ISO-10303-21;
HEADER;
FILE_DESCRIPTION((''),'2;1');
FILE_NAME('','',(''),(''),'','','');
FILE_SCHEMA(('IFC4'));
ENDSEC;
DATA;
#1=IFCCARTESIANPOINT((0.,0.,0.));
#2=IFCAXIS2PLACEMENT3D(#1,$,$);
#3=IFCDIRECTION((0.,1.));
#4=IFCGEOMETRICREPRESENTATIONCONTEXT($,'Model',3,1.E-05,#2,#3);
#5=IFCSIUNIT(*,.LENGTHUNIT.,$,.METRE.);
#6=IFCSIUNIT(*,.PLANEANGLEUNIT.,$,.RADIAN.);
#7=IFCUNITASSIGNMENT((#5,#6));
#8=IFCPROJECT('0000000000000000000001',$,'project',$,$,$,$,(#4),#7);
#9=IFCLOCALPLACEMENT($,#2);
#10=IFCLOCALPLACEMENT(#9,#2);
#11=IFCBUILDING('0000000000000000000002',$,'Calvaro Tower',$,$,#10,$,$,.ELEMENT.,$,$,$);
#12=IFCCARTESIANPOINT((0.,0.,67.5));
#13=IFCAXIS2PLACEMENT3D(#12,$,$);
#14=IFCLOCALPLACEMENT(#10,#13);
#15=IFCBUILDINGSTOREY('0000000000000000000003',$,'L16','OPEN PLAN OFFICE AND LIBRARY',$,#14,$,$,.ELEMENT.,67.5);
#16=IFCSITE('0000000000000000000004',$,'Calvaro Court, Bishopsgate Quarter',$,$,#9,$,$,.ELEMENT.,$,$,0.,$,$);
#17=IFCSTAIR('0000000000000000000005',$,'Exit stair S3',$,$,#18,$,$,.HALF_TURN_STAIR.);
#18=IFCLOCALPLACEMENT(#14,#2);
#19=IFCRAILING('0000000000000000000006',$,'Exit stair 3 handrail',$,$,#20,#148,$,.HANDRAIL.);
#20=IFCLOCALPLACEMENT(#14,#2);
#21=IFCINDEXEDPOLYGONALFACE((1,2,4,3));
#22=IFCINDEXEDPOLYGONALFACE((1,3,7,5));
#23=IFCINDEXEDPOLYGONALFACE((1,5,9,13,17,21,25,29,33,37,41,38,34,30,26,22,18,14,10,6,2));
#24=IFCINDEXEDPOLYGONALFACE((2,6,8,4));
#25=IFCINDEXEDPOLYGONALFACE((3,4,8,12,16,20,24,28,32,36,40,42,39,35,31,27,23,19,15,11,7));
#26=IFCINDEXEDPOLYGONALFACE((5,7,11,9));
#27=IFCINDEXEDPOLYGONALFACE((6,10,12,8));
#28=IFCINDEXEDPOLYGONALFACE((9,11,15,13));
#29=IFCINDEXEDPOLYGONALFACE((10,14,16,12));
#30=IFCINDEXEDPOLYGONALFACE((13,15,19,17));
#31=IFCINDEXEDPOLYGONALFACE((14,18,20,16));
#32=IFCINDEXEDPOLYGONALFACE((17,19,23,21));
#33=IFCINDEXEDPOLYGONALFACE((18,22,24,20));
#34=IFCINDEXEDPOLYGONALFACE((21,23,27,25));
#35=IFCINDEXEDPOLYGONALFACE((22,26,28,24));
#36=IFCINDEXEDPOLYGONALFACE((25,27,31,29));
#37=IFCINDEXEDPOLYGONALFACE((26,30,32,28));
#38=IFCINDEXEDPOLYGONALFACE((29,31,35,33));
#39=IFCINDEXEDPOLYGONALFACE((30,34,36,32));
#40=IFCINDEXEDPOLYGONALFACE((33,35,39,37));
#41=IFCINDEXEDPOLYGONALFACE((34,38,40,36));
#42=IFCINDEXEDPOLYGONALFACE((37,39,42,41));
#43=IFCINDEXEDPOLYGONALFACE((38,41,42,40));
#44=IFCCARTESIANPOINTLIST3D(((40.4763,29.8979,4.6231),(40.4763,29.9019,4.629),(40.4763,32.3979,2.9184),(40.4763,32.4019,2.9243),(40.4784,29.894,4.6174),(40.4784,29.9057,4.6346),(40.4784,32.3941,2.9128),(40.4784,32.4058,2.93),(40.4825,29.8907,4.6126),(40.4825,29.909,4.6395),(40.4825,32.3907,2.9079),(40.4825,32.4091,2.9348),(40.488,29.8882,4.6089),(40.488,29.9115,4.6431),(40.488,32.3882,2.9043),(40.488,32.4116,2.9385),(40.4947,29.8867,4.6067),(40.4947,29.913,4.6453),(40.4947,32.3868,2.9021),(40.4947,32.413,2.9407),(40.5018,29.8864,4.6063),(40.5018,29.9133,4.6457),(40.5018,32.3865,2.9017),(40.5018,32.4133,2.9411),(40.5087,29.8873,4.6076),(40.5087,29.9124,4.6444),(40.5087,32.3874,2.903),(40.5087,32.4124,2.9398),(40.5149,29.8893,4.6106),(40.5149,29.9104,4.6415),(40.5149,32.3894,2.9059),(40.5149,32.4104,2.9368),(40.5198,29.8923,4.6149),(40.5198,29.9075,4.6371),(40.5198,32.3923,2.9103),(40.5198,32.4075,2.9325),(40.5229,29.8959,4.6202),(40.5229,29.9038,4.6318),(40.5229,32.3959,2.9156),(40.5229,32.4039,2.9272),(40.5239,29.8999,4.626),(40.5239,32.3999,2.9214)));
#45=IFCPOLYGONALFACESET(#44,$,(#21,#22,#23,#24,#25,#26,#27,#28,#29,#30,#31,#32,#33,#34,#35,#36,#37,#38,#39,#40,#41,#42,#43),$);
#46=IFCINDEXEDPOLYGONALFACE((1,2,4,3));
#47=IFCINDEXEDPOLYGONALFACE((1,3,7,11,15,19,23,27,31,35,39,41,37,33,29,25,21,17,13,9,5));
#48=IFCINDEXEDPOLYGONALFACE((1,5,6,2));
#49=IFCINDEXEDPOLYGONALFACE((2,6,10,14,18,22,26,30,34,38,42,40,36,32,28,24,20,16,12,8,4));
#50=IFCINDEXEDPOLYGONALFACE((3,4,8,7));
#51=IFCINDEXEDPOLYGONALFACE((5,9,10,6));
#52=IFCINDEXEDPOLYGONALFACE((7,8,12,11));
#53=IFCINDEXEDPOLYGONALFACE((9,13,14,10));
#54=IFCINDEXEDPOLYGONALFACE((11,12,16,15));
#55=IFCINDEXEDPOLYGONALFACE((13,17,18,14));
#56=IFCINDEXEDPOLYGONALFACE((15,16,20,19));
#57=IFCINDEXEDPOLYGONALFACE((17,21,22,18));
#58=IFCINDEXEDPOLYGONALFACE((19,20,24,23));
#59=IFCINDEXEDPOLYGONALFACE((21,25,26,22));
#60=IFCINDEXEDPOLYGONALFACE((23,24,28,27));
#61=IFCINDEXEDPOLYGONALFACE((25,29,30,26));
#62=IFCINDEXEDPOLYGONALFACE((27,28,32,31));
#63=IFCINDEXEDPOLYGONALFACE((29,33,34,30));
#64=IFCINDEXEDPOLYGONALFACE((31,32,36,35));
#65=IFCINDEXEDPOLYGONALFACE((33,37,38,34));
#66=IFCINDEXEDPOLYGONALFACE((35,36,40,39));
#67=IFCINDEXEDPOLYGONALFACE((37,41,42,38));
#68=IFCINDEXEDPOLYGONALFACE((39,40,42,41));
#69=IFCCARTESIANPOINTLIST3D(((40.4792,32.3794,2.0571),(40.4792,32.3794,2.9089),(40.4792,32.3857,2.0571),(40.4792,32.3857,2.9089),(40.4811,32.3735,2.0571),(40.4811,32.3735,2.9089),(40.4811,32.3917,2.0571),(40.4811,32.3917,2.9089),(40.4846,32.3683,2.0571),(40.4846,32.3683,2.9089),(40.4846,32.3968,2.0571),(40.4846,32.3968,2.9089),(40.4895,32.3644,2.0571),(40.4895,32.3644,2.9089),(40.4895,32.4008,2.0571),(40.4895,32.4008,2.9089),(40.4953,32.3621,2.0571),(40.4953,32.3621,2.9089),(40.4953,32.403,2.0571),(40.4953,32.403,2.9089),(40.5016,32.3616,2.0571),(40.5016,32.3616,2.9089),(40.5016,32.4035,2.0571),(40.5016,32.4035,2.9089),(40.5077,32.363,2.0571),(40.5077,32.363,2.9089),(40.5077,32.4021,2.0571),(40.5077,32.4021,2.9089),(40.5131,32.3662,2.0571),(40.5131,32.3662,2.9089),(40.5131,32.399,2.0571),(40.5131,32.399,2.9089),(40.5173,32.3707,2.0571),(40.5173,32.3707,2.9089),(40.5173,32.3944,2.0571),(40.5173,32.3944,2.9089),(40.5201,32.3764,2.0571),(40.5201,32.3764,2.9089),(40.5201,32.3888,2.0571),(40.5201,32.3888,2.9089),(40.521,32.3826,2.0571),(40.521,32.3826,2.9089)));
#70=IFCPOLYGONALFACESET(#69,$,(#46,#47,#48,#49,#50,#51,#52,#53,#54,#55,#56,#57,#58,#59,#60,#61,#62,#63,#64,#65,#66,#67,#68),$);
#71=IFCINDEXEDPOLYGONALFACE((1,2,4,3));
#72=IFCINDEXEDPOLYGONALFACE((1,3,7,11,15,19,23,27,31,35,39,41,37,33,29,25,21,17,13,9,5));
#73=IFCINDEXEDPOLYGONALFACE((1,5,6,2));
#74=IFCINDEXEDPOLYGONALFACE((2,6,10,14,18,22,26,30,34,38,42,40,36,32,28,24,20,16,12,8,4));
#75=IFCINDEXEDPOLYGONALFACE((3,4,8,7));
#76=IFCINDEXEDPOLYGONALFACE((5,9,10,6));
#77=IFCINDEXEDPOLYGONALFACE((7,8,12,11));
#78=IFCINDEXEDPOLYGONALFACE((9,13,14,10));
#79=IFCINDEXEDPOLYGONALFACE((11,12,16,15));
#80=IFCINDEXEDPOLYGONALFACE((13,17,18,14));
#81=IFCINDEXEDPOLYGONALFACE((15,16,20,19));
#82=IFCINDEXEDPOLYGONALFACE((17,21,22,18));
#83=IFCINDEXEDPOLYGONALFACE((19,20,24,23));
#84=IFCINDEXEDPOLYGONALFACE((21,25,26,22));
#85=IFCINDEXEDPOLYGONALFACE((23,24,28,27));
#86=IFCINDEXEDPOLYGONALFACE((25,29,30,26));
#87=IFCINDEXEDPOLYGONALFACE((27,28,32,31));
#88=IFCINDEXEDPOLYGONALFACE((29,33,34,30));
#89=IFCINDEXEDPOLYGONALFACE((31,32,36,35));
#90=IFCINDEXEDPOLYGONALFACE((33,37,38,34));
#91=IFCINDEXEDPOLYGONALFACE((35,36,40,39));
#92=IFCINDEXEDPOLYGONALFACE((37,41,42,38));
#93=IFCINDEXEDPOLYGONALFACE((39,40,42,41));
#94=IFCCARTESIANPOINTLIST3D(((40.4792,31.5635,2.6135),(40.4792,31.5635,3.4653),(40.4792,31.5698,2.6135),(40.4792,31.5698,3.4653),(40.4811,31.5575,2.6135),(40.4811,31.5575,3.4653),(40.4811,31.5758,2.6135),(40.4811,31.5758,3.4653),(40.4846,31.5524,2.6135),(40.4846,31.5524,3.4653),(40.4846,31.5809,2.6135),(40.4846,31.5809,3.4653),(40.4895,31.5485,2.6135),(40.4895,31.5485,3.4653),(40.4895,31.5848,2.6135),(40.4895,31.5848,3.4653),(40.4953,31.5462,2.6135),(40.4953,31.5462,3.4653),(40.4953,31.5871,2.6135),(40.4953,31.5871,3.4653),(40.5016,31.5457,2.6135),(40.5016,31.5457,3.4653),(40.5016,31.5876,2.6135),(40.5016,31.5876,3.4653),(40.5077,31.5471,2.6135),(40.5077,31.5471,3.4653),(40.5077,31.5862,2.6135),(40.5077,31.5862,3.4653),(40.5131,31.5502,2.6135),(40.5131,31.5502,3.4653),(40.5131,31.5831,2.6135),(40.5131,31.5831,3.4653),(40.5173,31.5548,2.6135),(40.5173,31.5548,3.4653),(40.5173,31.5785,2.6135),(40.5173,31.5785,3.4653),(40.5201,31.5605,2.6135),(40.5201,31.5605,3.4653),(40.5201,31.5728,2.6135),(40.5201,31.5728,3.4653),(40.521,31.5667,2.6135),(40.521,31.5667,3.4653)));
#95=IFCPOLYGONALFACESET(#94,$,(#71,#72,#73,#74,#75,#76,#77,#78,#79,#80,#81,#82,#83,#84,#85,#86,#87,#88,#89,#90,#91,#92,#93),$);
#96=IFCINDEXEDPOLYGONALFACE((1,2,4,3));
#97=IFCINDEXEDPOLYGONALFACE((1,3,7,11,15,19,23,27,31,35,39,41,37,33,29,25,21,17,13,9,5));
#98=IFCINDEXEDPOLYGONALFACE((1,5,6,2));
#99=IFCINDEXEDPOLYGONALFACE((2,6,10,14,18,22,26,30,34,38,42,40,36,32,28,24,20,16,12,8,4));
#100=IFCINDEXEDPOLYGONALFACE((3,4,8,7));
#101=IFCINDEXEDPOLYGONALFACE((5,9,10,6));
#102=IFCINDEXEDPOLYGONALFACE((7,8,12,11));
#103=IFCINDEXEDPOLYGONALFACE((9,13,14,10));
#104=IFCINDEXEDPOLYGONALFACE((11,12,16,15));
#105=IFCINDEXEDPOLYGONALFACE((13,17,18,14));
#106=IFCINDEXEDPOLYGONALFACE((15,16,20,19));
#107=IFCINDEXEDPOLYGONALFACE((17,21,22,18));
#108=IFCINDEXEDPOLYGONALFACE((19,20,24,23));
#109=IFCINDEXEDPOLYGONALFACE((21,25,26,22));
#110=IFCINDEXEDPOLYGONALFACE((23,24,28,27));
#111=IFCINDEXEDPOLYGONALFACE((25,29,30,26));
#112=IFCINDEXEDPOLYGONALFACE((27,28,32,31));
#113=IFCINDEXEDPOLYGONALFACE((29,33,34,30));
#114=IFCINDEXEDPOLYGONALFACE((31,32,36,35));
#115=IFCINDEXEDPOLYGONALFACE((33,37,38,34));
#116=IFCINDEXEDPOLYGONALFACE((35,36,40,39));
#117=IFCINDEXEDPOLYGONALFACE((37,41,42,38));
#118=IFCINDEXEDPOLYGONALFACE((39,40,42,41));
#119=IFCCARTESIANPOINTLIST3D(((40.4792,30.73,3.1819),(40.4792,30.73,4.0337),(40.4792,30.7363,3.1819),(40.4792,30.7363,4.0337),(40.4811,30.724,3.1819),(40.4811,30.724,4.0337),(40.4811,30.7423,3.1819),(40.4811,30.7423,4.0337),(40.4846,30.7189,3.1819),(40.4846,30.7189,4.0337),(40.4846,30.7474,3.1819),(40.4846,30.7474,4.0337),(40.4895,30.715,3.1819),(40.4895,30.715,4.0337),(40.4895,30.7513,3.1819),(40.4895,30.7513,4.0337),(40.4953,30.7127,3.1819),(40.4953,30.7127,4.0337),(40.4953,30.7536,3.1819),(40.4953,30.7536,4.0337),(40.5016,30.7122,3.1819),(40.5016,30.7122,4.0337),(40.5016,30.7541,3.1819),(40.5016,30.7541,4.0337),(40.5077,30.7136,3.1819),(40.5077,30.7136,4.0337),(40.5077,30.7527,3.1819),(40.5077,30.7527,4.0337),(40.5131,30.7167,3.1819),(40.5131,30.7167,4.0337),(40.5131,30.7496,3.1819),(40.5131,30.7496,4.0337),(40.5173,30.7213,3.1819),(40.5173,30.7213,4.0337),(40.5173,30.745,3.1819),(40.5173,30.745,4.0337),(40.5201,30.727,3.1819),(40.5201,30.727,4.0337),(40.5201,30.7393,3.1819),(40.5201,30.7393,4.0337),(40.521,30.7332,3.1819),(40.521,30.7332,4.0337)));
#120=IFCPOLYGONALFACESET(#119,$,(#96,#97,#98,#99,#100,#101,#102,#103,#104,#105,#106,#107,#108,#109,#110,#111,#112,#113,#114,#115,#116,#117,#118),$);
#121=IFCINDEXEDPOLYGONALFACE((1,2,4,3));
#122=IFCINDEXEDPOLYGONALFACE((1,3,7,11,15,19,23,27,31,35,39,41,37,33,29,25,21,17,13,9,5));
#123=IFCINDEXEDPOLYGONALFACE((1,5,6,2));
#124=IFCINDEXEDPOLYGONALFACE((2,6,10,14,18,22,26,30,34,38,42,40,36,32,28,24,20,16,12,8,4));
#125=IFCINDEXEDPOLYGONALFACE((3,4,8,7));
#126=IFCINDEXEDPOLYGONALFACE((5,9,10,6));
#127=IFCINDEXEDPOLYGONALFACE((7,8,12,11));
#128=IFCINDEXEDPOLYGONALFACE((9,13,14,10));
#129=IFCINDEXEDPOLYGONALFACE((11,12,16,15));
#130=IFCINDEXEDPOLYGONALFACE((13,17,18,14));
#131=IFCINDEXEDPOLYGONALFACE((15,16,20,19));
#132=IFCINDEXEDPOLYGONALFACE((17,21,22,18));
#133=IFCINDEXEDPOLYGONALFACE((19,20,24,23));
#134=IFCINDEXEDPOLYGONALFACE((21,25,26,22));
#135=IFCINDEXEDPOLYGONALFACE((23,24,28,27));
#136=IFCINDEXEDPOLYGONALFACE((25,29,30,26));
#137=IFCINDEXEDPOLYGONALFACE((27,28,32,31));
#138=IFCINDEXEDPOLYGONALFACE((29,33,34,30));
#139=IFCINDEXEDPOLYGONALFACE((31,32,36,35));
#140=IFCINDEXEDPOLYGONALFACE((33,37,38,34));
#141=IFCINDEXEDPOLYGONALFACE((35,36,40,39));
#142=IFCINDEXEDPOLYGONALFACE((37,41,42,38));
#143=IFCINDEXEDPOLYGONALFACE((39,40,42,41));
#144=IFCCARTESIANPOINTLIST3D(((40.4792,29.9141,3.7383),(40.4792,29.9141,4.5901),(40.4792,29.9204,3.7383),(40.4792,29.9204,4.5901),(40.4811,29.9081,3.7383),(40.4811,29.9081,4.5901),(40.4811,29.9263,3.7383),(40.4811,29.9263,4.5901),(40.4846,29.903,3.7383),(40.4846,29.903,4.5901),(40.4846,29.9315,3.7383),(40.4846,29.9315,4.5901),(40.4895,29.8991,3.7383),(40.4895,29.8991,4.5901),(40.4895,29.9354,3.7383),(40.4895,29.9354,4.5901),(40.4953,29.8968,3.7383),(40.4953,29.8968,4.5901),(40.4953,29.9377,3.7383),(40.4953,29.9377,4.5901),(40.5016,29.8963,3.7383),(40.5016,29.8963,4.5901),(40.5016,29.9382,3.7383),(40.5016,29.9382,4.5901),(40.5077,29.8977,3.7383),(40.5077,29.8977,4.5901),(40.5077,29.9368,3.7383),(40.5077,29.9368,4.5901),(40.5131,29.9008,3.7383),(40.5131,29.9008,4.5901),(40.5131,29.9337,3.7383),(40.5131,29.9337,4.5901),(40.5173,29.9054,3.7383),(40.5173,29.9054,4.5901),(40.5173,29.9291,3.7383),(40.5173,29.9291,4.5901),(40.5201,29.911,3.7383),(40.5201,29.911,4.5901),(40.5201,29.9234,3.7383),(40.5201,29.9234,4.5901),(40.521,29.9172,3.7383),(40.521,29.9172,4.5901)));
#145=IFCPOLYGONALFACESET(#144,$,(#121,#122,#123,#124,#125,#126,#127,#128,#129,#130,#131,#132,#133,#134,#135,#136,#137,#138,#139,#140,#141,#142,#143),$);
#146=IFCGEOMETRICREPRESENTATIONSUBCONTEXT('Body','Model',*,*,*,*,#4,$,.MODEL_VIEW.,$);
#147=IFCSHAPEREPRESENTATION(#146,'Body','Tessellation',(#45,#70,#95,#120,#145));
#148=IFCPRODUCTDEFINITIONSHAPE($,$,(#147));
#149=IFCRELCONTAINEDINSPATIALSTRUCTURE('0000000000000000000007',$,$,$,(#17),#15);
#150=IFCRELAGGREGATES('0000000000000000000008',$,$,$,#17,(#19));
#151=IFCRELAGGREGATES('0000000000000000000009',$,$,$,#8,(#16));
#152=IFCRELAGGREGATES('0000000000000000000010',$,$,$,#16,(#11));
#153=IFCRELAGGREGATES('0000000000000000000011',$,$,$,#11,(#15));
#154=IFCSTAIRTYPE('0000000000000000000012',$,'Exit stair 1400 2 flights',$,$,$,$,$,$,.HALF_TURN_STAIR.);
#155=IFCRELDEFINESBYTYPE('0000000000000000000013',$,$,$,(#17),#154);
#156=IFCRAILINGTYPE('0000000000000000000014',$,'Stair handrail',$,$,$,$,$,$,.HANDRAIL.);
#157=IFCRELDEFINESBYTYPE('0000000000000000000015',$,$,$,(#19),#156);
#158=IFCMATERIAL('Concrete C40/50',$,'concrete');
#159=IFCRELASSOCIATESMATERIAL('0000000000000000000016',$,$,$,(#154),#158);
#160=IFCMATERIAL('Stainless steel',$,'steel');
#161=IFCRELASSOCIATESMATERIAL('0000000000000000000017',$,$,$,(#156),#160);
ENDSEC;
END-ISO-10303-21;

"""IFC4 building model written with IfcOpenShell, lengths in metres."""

from ifc_helpers import new_model, si_unit, direction, frame, origin, origin_2d, place, context, subcontext, project, spatial, circle, extrude, material, type_object, element, aggregate, save


model = new_model("IFC4")

# Units and contexts
model_context = context("Model", 3, precision=1e-05, world=origin(), true_north=direction((0.0, 1.0)))
body_context = subcontext(model_context, "Body", "Model", "MODEL_VIEW")
ifc_project = project(units=[si_unit("LENGTHUNIT", "METRE"), si_unit("PLANEANGLEUNIT", "RADIAN")], contexts=[model_context])

# Site, building, storey
site_placement = place(None, origin())
site = spatial("IfcSite", under=ifc_project, at=site_placement, Name="Calvaro Court, Bishopsgate Quarter", CompositionType="ELEMENT", RefElevation=0.0)
building_placement = place(site_placement, origin())
building = spatial("IfcBuilding", under=site, at=building_placement, Name="Calvaro Tower", CompositionType="ELEMENT")
storey_placement = place(building_placement, frame((0.0, 0.0, 67.5)))
storey = spatial("IfcBuildingStorey", under=building, at=storey_placement, Name="L16", Description="OPEN PLAN OFFICE AND LIBRARY", CompositionType="ELEMENT", Elevation=67.5)

# Stair
ifc_material_1 = material(Name="Concrete C40/50", Category="concrete")
stair_type = type_object("IfcStairType", Name="Exit stair 1400 2 flights", PredefinedType="HALF_TURN_STAIR", material=ifc_material_1)
stair_1_placement = place(storey_placement, origin())
stair_1 = element("IfcStair", 1, at=stair_1_placement, inside=storey, type_object=stair_type, Name="Exit stair S3", PredefinedType="HALF_TURN_STAIR")

# Railing
ifc_material_2 = material(Name="Stainless steel", Category="steel")
railing_type = type_object("IfcRailingType", Name="Stair handrail", PredefinedType="HANDRAIL", material=ifc_material_2)
railing_1_placement = place(storey_placement, frame((40.5, 32.3999, 2.0454)))
railing_1 = element("IfcRailing", 2, at=railing_1_placement, type_object=railing_type, Name="Exit stair 3 handrail", PredefinedType="HANDRAIL", context=body_context, shape_type="SweptSolid", body=[
    extrude(circle(Radius=0.0239, at=origin_2d()), frame((0.0, 0.0, 0.876), z_axis=(0.0, -0.826221, 0.563347), x_axis=(1.0, 0.0, 0.0)), (0.0, 0.0, 1.0), 3.0259),
    extrude(circle(Radius=0.021, at=origin_2d()), frame((0.0, -0.0173, 0.0117)), (0.0, 0.0, 1.0), 0.8518),
    extrude(circle(Radius=0.021, at=origin_2d()), frame((0.0, -0.8333, 0.5681)), (0.0, 0.0, 1.0), 0.8518),
    extrude(circle(Radius=0.021, at=origin_2d()), frame((0.0, -1.6667, 1.1365)), (0.0, 0.0, 1.0), 0.8518),
    extrude(circle(Radius=0.021, at=origin_2d()), frame((0.0, -2.4827, 1.6929)), (0.0, 0.0, 1.0), 0.8518),
])
aggregate(stair_1, [railing_1])

save(model, "model.ifc")
